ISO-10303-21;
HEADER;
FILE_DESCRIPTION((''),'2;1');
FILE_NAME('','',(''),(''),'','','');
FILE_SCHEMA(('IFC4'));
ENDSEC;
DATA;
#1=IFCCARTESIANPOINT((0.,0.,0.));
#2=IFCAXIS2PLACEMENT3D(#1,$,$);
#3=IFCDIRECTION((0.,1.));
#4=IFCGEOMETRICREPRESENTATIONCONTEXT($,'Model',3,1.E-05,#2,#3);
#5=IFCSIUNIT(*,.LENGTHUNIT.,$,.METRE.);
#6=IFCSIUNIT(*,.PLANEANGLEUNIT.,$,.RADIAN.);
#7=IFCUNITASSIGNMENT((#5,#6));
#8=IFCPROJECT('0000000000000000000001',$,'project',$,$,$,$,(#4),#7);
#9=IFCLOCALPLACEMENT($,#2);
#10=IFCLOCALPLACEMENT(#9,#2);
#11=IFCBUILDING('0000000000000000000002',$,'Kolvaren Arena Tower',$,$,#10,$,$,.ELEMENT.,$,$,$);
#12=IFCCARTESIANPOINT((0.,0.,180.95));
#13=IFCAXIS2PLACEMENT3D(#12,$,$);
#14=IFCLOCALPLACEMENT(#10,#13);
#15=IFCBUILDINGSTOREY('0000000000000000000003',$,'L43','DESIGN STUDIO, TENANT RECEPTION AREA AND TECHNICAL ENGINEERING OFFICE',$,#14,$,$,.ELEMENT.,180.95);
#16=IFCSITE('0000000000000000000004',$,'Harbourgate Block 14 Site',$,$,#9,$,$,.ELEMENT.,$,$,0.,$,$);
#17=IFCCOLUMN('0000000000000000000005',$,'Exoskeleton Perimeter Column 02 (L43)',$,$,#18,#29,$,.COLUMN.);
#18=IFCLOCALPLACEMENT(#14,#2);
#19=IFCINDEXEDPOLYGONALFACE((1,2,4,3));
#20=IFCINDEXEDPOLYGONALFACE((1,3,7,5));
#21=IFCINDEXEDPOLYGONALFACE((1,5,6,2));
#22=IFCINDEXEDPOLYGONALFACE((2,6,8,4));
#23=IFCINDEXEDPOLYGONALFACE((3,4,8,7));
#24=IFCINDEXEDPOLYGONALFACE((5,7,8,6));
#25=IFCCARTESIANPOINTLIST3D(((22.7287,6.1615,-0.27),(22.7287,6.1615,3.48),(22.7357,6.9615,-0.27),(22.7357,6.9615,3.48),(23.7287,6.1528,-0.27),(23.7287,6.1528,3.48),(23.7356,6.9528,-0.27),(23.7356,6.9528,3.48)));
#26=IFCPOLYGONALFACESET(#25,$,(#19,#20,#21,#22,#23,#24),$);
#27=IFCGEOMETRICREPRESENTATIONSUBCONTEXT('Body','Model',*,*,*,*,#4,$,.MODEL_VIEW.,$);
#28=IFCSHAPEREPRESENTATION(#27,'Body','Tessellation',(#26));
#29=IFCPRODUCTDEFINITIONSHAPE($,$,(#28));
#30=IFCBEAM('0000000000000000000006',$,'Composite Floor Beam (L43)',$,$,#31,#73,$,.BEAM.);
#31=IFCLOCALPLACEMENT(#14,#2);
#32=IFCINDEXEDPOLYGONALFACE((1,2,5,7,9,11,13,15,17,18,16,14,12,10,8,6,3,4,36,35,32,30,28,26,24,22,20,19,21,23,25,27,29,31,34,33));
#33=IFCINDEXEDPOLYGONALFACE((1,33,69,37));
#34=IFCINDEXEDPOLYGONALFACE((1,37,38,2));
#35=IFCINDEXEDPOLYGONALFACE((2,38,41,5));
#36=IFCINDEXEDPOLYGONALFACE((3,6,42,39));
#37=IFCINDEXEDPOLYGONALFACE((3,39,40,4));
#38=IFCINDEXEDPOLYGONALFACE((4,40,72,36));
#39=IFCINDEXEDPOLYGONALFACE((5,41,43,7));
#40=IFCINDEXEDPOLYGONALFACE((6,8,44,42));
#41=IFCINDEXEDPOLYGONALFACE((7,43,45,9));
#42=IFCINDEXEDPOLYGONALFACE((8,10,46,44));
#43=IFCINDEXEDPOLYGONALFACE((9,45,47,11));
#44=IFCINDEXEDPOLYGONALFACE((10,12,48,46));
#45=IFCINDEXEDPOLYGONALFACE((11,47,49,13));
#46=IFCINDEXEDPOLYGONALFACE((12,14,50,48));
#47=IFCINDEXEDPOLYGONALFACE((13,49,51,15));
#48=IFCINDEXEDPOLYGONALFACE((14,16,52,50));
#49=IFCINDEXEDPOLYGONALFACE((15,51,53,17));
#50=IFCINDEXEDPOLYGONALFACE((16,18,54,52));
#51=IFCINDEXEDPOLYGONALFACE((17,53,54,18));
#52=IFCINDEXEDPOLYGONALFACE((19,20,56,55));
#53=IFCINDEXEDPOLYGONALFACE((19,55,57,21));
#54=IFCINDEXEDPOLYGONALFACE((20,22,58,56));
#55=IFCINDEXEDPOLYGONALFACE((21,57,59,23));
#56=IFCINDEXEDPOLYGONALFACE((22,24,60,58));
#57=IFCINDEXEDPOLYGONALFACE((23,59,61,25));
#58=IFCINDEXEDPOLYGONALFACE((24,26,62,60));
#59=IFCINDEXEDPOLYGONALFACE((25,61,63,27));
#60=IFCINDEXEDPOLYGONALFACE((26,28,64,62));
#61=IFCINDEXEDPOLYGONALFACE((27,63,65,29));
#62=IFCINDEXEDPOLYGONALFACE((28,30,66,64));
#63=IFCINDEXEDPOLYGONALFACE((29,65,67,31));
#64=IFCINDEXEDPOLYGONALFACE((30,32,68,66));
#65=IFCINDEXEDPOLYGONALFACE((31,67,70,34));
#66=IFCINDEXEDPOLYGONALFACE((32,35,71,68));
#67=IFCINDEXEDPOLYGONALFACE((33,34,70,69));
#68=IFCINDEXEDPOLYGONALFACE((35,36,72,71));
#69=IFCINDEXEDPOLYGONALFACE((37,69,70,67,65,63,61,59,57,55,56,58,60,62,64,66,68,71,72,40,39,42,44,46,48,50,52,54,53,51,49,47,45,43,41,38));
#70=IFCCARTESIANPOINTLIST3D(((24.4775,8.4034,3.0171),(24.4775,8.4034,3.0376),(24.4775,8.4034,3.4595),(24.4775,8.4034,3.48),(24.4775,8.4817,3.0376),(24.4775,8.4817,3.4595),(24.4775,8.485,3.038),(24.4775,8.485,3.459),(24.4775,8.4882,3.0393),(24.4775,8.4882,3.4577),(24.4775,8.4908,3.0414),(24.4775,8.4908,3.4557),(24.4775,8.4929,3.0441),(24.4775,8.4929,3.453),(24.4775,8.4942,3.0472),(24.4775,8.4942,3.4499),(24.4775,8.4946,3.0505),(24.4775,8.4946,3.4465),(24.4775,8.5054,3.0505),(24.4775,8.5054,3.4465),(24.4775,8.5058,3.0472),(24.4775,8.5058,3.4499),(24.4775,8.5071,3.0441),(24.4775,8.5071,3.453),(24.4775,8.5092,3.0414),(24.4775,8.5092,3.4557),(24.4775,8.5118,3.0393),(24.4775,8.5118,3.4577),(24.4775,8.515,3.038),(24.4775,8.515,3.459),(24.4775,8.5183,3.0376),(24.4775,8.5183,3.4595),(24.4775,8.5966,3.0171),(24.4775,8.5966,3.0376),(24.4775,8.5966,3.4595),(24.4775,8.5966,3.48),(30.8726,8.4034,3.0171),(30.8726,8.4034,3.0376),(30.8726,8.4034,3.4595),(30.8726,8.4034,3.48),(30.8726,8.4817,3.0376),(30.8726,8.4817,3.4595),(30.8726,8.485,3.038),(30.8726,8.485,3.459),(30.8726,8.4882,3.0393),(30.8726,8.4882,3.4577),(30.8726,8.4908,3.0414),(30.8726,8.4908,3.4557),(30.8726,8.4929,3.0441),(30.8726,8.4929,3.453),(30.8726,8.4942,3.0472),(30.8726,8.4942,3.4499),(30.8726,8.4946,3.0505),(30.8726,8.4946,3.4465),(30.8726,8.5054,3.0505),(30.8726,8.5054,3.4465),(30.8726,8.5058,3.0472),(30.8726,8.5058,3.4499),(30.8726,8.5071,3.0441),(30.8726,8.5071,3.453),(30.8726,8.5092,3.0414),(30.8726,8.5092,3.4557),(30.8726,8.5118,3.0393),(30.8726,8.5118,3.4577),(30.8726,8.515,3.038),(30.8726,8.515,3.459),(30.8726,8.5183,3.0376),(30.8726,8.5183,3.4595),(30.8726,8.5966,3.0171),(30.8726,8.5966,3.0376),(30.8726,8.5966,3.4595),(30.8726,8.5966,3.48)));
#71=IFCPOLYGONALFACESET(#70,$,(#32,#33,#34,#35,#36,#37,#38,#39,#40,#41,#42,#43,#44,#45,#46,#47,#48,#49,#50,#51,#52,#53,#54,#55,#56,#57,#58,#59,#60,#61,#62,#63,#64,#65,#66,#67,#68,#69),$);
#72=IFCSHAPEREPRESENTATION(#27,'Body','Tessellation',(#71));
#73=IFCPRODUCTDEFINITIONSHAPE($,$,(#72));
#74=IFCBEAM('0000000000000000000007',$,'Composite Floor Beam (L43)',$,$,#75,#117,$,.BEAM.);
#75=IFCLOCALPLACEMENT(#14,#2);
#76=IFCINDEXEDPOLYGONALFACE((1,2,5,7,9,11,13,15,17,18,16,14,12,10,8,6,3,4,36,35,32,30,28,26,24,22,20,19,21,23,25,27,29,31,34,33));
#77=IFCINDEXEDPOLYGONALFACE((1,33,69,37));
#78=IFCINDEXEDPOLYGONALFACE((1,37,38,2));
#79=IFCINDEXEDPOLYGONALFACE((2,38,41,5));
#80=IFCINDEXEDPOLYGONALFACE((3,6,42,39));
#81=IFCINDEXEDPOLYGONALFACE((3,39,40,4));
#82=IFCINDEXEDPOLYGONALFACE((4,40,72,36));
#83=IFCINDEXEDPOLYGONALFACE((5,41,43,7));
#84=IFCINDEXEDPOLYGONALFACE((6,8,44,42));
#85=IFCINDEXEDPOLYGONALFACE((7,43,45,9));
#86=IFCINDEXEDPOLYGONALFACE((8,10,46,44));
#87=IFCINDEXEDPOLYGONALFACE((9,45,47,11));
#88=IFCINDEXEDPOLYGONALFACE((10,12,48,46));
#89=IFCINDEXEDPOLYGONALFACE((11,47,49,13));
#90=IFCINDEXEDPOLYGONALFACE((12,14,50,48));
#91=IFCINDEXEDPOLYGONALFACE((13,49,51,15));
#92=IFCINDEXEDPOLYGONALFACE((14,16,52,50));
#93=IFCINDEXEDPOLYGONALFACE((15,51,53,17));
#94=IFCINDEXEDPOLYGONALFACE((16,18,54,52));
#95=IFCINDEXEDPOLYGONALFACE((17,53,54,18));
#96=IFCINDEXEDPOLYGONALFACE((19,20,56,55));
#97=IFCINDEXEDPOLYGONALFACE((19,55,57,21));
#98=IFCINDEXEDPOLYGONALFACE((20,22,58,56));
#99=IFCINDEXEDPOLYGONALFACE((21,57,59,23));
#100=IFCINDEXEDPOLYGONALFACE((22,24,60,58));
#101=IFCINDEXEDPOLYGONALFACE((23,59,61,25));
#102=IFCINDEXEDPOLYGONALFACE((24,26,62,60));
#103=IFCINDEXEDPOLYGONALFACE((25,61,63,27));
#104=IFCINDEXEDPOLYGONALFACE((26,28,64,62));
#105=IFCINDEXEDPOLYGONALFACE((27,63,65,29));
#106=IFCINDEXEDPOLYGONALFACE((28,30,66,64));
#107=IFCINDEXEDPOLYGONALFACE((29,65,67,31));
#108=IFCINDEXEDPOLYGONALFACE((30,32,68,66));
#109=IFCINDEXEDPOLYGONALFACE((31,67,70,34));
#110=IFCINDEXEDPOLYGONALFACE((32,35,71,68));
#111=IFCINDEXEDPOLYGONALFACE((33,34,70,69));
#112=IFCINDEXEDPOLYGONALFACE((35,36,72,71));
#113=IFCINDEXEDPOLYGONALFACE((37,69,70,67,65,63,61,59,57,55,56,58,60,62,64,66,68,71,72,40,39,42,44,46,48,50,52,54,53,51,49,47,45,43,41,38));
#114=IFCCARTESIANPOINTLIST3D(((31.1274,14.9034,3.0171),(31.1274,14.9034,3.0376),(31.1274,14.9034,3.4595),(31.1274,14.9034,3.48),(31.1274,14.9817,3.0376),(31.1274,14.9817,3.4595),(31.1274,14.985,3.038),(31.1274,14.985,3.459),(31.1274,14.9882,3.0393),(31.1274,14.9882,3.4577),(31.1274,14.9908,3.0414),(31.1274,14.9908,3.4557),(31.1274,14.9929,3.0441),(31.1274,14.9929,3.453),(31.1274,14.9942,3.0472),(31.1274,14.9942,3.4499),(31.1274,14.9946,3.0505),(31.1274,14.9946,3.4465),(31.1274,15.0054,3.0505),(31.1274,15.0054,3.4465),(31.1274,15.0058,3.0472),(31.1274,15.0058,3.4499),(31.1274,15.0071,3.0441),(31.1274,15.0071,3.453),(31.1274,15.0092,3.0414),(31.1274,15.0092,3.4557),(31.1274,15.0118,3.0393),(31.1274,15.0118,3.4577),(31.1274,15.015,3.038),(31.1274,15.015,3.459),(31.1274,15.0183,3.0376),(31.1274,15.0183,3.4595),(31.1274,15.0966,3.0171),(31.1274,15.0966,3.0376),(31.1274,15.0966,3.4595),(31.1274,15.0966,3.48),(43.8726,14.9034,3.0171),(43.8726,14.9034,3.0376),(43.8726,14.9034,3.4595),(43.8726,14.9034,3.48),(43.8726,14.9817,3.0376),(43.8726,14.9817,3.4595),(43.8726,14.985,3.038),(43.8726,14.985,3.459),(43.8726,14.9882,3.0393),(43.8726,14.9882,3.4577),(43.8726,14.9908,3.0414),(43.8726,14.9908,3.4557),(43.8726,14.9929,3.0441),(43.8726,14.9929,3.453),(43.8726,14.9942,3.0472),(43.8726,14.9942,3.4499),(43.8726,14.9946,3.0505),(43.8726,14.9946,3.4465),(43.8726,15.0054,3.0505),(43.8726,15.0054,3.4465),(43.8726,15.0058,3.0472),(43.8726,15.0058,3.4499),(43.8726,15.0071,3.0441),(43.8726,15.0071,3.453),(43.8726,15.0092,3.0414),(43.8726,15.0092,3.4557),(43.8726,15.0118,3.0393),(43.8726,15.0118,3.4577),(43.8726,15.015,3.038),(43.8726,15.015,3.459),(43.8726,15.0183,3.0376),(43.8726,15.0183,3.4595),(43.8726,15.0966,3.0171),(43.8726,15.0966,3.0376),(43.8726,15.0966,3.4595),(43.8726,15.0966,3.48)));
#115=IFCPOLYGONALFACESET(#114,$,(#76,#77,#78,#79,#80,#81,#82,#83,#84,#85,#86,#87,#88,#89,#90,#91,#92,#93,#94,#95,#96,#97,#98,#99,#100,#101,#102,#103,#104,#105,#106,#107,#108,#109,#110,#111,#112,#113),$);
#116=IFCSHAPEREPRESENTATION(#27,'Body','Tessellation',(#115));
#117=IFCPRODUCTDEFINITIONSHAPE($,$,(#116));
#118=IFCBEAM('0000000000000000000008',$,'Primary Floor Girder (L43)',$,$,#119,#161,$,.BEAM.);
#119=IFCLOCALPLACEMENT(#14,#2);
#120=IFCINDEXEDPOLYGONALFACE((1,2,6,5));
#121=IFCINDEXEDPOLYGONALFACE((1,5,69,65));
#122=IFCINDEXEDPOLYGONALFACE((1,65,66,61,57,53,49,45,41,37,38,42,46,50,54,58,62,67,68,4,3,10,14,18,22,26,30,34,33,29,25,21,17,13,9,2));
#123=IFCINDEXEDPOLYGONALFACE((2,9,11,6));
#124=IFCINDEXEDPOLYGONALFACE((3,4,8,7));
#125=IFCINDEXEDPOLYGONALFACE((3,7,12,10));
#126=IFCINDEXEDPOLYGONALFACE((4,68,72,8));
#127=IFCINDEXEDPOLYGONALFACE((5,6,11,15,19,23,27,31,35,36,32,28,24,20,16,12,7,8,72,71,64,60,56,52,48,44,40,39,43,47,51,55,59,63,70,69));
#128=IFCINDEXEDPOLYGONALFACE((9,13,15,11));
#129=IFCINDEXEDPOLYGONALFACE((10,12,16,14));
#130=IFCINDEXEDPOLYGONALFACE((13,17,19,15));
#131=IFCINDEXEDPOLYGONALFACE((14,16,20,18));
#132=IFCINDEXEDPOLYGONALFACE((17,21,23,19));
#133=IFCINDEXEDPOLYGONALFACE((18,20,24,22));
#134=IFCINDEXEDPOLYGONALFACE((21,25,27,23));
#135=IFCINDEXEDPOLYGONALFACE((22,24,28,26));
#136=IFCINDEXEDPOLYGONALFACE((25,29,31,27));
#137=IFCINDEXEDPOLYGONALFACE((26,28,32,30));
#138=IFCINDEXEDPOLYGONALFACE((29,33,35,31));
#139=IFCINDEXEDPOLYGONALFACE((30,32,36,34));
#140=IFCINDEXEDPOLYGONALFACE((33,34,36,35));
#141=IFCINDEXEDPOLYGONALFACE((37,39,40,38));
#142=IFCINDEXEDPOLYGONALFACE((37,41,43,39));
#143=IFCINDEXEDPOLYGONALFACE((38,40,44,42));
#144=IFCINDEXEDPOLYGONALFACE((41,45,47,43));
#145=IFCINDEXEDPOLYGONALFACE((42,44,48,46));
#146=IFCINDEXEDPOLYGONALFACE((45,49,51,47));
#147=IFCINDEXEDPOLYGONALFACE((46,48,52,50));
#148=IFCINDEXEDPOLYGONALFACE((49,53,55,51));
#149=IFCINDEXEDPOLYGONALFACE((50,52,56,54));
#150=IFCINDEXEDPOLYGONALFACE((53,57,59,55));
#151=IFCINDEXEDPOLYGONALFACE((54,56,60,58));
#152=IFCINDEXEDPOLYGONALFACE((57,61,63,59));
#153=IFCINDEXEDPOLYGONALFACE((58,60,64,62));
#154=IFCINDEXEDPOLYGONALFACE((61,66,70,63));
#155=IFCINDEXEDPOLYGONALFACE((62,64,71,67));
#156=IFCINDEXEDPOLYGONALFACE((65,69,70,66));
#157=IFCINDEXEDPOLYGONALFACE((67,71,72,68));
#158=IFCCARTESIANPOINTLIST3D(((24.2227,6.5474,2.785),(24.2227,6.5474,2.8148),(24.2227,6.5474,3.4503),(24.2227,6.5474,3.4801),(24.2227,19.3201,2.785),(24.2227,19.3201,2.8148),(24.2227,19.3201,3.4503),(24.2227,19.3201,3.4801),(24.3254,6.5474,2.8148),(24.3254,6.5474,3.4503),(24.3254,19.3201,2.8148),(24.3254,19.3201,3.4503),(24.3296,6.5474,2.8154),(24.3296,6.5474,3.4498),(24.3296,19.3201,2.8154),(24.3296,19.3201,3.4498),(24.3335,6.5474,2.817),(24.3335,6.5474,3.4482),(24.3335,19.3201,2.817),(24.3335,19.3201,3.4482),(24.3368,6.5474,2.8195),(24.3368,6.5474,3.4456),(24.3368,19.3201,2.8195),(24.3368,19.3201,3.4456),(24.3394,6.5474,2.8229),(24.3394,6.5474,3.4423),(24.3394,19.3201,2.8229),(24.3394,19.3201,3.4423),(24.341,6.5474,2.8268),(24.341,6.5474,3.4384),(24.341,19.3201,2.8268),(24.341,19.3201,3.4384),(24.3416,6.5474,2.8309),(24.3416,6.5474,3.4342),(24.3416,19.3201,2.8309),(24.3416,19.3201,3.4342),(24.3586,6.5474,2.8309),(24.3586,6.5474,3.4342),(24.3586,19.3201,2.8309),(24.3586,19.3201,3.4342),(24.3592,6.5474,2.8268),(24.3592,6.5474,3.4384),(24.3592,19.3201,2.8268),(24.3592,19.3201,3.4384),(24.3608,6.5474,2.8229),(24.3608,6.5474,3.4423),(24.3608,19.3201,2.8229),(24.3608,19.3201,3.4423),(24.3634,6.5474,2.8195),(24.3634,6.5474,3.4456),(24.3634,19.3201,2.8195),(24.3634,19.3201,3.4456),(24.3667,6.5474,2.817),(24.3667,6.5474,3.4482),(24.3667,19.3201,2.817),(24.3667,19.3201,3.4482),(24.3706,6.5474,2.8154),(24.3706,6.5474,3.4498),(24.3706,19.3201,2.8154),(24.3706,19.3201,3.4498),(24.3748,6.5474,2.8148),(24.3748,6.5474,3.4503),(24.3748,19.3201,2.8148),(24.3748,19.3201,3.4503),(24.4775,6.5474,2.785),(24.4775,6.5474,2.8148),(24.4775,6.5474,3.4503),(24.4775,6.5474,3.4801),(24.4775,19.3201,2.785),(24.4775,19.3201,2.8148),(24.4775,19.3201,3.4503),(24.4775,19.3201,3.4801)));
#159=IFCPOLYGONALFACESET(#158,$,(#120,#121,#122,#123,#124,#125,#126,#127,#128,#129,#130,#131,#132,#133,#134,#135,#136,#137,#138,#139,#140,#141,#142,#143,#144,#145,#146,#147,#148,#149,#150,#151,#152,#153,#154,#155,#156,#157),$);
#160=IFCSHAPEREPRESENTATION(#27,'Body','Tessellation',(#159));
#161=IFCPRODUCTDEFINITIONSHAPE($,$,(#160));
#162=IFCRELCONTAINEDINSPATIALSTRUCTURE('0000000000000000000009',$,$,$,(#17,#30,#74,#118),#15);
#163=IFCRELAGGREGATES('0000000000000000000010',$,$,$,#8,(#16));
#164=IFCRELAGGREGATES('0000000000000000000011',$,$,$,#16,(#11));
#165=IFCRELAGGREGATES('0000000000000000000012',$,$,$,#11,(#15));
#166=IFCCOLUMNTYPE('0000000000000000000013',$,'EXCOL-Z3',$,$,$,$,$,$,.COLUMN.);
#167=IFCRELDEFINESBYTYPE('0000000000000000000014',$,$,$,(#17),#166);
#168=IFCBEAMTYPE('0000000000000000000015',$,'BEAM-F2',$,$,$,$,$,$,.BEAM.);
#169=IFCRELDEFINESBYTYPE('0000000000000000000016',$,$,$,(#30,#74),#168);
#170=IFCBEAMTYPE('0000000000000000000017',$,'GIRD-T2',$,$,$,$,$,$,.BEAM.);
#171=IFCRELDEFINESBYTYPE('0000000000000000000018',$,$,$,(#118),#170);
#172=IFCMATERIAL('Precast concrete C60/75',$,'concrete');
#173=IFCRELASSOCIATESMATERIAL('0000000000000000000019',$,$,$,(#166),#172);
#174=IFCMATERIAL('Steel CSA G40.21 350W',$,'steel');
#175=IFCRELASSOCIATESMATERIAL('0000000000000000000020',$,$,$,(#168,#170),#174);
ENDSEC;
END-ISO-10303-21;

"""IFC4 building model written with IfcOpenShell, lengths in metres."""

from ifc_helpers import new_model, si_unit, direction, frame, origin, origin_2d, place, context, subcontext, project, spatial, rectangle, i_section, extrude, material, material_profile, profile_set, type_object, element, save


model = new_model("IFC4")

# Units and contexts
model_context = context("Model", 3, precision=1e-05, world=origin(), true_north=direction((0.0, 1.0)))
body_context = subcontext(model_context, "Body", "Model", "MODEL_VIEW")
ifc_project = project(units=[si_unit("LENGTHUNIT", "METRE"), si_unit("PLANEANGLEUNIT", "RADIAN")], contexts=[model_context])

# Site, building, storey
site_placement = place(None, origin())
site = spatial("IfcSite", under=ifc_project, at=site_placement, Name="Harbourgate Block 14 Site", CompositionType="ELEMENT", RefElevation=0.0)
building_placement = place(site_placement, origin())
building = spatial("IfcBuilding", under=site, at=building_placement, Name="Kolvaren Arena Tower", CompositionType="ELEMENT")
storey_placement = place(building_placement, frame((0.0, 0.0, 180.95)))
storey = spatial("IfcBuildingStorey", under=building, at=storey_placement, Name="L43", Description="DESIGN STUDIO, TENANT RECEPTION AREA AND TECHNICAL ENGINEERING OFFICE", CompositionType="ELEMENT", Elevation=180.95)

# Column
ifc_material_1 = material(Name="Precast concrete C60/75", Category="concrete")
ifc_material_profile_1 = material_profile(ifc_material_1, rectangle(XDim=1.0, YDim=0.8, at=origin_2d()), Name="RC-1000x800")
ifc_profile_set_1 = profile_set([ifc_material_profile_1], Name="Precast concrete C60/75")
column_type = type_object("IfcColumnType", Name="EXCOL-Z3", PredefinedType="COLUMN", material=ifc_profile_set_1)
column_placement = place(storey_placement, frame((23.2322, 6.5571, -0.27), z_axis=(0.0, 0.0, 1.0), x_axis=(0.999962, -0.008727, 0.0)))
element("IfcColumn", 1, at=column_placement, inside=storey, type_object=column_type, Name="Exoskeleton Perimeter Column 02 (L43)", PredefinedType="COLUMN", context=body_context, shape_type="SweptSolid", body=[
    extrude(rectangle(XDim=1.0, YDim=0.8, at=origin_2d()), origin(), (0.0, 0.0, 1.0), 3.75),
])

# Beams
ifc_material_2 = material(Name="Steel CSA G40.21 350W", Category="steel")
ifc_material_profile_2 = material_profile(ifc_material_2, i_section(OverallWidth=0.1931, OverallDepth=0.4629, WebThickness=0.0107, FlangeThickness=0.0205, FilletRadius=0.0129, at=origin_2d()), Name="W460x113")
ifc_profile_set_2 = profile_set([ifc_material_profile_2], Name="Steel CSA G40.21 350W")
beam_type_1 = type_object("IfcBeamType", Name="BEAM-F2", PredefinedType="BEAM", material=ifc_profile_set_2)
beam_1_placement = place(storey_placement, frame((24.4775, 8.5, 3.2485), z_axis=(1.0, 0.0, 0.0), x_axis=(0.0, 1.0, 0.0)))
element("IfcBeam", 2, at=beam_1_placement, inside=storey, type_object=beam_type_1, Name="Composite Floor Beam (L43)", PredefinedType="BEAM", context=body_context, shape_type="SweptSolid", body=[
    extrude(i_section(OverallWidth=0.1931, OverallDepth=0.4629, WebThickness=0.0107, FlangeThickness=0.0205, FilletRadius=0.0129, at=origin_2d()), origin(), (0.0, 0.0, 1.0), 6.395),
])
beam_2_placement = place(storey_placement, frame((31.1274, 15.0, 3.2485), z_axis=(1.0, 0.0, 0.0), x_axis=(0.0, 1.0, 0.0)))
element("IfcBeam", 3, at=beam_2_placement, inside=storey, type_object=beam_type_1, Name="Composite Floor Beam (L43)", PredefinedType="BEAM", context=body_context, shape_type="SweptSolid", body=[
    extrude(i_section(OverallWidth=0.1931, OverallDepth=0.4629, WebThickness=0.0107, FlangeThickness=0.0205, FilletRadius=0.0129, at=origin_2d()), origin(), (0.0, 0.0, 1.0), 12.7451),
])
ifc_material_profile_3 = material_profile(ifc_material_2, i_section(OverallWidth=0.2549, OverallDepth=0.6951, WebThickness=0.0171, FlangeThickness=0.0298, FilletRadius=0.0161, at=origin_2d()), Name="W690x217")
ifc_profile_set_3 = profile_set([ifc_material_profile_3], Name="Steel CSA G40.21 350W")
beam_type_2 = type_object("IfcBeamType", Name="GIRD-T2", PredefinedType="BEAM", material=ifc_profile_set_3)
beam_3_placement = place(storey_placement, frame((24.3501, 6.5474, 3.1326), z_axis=(0.0, 1.0, 0.0), x_axis=(-1.0, 0.0, 0.0)))
element("IfcBeam", 4, at=beam_3_placement, inside=storey, type_object=beam_type_2, Name="Primary Floor Girder (L43)", PredefinedType="BEAM", context=body_context, shape_type="SweptSolid", body=[
    extrude(i_section(OverallWidth=0.2549, OverallDepth=0.6951, WebThickness=0.0171, FlangeThickness=0.0298, FilletRadius=0.0161, at=origin_2d()), origin(), (0.0, 0.0, 1.0), 12.7727),
])

save(model, "model.ifc")
